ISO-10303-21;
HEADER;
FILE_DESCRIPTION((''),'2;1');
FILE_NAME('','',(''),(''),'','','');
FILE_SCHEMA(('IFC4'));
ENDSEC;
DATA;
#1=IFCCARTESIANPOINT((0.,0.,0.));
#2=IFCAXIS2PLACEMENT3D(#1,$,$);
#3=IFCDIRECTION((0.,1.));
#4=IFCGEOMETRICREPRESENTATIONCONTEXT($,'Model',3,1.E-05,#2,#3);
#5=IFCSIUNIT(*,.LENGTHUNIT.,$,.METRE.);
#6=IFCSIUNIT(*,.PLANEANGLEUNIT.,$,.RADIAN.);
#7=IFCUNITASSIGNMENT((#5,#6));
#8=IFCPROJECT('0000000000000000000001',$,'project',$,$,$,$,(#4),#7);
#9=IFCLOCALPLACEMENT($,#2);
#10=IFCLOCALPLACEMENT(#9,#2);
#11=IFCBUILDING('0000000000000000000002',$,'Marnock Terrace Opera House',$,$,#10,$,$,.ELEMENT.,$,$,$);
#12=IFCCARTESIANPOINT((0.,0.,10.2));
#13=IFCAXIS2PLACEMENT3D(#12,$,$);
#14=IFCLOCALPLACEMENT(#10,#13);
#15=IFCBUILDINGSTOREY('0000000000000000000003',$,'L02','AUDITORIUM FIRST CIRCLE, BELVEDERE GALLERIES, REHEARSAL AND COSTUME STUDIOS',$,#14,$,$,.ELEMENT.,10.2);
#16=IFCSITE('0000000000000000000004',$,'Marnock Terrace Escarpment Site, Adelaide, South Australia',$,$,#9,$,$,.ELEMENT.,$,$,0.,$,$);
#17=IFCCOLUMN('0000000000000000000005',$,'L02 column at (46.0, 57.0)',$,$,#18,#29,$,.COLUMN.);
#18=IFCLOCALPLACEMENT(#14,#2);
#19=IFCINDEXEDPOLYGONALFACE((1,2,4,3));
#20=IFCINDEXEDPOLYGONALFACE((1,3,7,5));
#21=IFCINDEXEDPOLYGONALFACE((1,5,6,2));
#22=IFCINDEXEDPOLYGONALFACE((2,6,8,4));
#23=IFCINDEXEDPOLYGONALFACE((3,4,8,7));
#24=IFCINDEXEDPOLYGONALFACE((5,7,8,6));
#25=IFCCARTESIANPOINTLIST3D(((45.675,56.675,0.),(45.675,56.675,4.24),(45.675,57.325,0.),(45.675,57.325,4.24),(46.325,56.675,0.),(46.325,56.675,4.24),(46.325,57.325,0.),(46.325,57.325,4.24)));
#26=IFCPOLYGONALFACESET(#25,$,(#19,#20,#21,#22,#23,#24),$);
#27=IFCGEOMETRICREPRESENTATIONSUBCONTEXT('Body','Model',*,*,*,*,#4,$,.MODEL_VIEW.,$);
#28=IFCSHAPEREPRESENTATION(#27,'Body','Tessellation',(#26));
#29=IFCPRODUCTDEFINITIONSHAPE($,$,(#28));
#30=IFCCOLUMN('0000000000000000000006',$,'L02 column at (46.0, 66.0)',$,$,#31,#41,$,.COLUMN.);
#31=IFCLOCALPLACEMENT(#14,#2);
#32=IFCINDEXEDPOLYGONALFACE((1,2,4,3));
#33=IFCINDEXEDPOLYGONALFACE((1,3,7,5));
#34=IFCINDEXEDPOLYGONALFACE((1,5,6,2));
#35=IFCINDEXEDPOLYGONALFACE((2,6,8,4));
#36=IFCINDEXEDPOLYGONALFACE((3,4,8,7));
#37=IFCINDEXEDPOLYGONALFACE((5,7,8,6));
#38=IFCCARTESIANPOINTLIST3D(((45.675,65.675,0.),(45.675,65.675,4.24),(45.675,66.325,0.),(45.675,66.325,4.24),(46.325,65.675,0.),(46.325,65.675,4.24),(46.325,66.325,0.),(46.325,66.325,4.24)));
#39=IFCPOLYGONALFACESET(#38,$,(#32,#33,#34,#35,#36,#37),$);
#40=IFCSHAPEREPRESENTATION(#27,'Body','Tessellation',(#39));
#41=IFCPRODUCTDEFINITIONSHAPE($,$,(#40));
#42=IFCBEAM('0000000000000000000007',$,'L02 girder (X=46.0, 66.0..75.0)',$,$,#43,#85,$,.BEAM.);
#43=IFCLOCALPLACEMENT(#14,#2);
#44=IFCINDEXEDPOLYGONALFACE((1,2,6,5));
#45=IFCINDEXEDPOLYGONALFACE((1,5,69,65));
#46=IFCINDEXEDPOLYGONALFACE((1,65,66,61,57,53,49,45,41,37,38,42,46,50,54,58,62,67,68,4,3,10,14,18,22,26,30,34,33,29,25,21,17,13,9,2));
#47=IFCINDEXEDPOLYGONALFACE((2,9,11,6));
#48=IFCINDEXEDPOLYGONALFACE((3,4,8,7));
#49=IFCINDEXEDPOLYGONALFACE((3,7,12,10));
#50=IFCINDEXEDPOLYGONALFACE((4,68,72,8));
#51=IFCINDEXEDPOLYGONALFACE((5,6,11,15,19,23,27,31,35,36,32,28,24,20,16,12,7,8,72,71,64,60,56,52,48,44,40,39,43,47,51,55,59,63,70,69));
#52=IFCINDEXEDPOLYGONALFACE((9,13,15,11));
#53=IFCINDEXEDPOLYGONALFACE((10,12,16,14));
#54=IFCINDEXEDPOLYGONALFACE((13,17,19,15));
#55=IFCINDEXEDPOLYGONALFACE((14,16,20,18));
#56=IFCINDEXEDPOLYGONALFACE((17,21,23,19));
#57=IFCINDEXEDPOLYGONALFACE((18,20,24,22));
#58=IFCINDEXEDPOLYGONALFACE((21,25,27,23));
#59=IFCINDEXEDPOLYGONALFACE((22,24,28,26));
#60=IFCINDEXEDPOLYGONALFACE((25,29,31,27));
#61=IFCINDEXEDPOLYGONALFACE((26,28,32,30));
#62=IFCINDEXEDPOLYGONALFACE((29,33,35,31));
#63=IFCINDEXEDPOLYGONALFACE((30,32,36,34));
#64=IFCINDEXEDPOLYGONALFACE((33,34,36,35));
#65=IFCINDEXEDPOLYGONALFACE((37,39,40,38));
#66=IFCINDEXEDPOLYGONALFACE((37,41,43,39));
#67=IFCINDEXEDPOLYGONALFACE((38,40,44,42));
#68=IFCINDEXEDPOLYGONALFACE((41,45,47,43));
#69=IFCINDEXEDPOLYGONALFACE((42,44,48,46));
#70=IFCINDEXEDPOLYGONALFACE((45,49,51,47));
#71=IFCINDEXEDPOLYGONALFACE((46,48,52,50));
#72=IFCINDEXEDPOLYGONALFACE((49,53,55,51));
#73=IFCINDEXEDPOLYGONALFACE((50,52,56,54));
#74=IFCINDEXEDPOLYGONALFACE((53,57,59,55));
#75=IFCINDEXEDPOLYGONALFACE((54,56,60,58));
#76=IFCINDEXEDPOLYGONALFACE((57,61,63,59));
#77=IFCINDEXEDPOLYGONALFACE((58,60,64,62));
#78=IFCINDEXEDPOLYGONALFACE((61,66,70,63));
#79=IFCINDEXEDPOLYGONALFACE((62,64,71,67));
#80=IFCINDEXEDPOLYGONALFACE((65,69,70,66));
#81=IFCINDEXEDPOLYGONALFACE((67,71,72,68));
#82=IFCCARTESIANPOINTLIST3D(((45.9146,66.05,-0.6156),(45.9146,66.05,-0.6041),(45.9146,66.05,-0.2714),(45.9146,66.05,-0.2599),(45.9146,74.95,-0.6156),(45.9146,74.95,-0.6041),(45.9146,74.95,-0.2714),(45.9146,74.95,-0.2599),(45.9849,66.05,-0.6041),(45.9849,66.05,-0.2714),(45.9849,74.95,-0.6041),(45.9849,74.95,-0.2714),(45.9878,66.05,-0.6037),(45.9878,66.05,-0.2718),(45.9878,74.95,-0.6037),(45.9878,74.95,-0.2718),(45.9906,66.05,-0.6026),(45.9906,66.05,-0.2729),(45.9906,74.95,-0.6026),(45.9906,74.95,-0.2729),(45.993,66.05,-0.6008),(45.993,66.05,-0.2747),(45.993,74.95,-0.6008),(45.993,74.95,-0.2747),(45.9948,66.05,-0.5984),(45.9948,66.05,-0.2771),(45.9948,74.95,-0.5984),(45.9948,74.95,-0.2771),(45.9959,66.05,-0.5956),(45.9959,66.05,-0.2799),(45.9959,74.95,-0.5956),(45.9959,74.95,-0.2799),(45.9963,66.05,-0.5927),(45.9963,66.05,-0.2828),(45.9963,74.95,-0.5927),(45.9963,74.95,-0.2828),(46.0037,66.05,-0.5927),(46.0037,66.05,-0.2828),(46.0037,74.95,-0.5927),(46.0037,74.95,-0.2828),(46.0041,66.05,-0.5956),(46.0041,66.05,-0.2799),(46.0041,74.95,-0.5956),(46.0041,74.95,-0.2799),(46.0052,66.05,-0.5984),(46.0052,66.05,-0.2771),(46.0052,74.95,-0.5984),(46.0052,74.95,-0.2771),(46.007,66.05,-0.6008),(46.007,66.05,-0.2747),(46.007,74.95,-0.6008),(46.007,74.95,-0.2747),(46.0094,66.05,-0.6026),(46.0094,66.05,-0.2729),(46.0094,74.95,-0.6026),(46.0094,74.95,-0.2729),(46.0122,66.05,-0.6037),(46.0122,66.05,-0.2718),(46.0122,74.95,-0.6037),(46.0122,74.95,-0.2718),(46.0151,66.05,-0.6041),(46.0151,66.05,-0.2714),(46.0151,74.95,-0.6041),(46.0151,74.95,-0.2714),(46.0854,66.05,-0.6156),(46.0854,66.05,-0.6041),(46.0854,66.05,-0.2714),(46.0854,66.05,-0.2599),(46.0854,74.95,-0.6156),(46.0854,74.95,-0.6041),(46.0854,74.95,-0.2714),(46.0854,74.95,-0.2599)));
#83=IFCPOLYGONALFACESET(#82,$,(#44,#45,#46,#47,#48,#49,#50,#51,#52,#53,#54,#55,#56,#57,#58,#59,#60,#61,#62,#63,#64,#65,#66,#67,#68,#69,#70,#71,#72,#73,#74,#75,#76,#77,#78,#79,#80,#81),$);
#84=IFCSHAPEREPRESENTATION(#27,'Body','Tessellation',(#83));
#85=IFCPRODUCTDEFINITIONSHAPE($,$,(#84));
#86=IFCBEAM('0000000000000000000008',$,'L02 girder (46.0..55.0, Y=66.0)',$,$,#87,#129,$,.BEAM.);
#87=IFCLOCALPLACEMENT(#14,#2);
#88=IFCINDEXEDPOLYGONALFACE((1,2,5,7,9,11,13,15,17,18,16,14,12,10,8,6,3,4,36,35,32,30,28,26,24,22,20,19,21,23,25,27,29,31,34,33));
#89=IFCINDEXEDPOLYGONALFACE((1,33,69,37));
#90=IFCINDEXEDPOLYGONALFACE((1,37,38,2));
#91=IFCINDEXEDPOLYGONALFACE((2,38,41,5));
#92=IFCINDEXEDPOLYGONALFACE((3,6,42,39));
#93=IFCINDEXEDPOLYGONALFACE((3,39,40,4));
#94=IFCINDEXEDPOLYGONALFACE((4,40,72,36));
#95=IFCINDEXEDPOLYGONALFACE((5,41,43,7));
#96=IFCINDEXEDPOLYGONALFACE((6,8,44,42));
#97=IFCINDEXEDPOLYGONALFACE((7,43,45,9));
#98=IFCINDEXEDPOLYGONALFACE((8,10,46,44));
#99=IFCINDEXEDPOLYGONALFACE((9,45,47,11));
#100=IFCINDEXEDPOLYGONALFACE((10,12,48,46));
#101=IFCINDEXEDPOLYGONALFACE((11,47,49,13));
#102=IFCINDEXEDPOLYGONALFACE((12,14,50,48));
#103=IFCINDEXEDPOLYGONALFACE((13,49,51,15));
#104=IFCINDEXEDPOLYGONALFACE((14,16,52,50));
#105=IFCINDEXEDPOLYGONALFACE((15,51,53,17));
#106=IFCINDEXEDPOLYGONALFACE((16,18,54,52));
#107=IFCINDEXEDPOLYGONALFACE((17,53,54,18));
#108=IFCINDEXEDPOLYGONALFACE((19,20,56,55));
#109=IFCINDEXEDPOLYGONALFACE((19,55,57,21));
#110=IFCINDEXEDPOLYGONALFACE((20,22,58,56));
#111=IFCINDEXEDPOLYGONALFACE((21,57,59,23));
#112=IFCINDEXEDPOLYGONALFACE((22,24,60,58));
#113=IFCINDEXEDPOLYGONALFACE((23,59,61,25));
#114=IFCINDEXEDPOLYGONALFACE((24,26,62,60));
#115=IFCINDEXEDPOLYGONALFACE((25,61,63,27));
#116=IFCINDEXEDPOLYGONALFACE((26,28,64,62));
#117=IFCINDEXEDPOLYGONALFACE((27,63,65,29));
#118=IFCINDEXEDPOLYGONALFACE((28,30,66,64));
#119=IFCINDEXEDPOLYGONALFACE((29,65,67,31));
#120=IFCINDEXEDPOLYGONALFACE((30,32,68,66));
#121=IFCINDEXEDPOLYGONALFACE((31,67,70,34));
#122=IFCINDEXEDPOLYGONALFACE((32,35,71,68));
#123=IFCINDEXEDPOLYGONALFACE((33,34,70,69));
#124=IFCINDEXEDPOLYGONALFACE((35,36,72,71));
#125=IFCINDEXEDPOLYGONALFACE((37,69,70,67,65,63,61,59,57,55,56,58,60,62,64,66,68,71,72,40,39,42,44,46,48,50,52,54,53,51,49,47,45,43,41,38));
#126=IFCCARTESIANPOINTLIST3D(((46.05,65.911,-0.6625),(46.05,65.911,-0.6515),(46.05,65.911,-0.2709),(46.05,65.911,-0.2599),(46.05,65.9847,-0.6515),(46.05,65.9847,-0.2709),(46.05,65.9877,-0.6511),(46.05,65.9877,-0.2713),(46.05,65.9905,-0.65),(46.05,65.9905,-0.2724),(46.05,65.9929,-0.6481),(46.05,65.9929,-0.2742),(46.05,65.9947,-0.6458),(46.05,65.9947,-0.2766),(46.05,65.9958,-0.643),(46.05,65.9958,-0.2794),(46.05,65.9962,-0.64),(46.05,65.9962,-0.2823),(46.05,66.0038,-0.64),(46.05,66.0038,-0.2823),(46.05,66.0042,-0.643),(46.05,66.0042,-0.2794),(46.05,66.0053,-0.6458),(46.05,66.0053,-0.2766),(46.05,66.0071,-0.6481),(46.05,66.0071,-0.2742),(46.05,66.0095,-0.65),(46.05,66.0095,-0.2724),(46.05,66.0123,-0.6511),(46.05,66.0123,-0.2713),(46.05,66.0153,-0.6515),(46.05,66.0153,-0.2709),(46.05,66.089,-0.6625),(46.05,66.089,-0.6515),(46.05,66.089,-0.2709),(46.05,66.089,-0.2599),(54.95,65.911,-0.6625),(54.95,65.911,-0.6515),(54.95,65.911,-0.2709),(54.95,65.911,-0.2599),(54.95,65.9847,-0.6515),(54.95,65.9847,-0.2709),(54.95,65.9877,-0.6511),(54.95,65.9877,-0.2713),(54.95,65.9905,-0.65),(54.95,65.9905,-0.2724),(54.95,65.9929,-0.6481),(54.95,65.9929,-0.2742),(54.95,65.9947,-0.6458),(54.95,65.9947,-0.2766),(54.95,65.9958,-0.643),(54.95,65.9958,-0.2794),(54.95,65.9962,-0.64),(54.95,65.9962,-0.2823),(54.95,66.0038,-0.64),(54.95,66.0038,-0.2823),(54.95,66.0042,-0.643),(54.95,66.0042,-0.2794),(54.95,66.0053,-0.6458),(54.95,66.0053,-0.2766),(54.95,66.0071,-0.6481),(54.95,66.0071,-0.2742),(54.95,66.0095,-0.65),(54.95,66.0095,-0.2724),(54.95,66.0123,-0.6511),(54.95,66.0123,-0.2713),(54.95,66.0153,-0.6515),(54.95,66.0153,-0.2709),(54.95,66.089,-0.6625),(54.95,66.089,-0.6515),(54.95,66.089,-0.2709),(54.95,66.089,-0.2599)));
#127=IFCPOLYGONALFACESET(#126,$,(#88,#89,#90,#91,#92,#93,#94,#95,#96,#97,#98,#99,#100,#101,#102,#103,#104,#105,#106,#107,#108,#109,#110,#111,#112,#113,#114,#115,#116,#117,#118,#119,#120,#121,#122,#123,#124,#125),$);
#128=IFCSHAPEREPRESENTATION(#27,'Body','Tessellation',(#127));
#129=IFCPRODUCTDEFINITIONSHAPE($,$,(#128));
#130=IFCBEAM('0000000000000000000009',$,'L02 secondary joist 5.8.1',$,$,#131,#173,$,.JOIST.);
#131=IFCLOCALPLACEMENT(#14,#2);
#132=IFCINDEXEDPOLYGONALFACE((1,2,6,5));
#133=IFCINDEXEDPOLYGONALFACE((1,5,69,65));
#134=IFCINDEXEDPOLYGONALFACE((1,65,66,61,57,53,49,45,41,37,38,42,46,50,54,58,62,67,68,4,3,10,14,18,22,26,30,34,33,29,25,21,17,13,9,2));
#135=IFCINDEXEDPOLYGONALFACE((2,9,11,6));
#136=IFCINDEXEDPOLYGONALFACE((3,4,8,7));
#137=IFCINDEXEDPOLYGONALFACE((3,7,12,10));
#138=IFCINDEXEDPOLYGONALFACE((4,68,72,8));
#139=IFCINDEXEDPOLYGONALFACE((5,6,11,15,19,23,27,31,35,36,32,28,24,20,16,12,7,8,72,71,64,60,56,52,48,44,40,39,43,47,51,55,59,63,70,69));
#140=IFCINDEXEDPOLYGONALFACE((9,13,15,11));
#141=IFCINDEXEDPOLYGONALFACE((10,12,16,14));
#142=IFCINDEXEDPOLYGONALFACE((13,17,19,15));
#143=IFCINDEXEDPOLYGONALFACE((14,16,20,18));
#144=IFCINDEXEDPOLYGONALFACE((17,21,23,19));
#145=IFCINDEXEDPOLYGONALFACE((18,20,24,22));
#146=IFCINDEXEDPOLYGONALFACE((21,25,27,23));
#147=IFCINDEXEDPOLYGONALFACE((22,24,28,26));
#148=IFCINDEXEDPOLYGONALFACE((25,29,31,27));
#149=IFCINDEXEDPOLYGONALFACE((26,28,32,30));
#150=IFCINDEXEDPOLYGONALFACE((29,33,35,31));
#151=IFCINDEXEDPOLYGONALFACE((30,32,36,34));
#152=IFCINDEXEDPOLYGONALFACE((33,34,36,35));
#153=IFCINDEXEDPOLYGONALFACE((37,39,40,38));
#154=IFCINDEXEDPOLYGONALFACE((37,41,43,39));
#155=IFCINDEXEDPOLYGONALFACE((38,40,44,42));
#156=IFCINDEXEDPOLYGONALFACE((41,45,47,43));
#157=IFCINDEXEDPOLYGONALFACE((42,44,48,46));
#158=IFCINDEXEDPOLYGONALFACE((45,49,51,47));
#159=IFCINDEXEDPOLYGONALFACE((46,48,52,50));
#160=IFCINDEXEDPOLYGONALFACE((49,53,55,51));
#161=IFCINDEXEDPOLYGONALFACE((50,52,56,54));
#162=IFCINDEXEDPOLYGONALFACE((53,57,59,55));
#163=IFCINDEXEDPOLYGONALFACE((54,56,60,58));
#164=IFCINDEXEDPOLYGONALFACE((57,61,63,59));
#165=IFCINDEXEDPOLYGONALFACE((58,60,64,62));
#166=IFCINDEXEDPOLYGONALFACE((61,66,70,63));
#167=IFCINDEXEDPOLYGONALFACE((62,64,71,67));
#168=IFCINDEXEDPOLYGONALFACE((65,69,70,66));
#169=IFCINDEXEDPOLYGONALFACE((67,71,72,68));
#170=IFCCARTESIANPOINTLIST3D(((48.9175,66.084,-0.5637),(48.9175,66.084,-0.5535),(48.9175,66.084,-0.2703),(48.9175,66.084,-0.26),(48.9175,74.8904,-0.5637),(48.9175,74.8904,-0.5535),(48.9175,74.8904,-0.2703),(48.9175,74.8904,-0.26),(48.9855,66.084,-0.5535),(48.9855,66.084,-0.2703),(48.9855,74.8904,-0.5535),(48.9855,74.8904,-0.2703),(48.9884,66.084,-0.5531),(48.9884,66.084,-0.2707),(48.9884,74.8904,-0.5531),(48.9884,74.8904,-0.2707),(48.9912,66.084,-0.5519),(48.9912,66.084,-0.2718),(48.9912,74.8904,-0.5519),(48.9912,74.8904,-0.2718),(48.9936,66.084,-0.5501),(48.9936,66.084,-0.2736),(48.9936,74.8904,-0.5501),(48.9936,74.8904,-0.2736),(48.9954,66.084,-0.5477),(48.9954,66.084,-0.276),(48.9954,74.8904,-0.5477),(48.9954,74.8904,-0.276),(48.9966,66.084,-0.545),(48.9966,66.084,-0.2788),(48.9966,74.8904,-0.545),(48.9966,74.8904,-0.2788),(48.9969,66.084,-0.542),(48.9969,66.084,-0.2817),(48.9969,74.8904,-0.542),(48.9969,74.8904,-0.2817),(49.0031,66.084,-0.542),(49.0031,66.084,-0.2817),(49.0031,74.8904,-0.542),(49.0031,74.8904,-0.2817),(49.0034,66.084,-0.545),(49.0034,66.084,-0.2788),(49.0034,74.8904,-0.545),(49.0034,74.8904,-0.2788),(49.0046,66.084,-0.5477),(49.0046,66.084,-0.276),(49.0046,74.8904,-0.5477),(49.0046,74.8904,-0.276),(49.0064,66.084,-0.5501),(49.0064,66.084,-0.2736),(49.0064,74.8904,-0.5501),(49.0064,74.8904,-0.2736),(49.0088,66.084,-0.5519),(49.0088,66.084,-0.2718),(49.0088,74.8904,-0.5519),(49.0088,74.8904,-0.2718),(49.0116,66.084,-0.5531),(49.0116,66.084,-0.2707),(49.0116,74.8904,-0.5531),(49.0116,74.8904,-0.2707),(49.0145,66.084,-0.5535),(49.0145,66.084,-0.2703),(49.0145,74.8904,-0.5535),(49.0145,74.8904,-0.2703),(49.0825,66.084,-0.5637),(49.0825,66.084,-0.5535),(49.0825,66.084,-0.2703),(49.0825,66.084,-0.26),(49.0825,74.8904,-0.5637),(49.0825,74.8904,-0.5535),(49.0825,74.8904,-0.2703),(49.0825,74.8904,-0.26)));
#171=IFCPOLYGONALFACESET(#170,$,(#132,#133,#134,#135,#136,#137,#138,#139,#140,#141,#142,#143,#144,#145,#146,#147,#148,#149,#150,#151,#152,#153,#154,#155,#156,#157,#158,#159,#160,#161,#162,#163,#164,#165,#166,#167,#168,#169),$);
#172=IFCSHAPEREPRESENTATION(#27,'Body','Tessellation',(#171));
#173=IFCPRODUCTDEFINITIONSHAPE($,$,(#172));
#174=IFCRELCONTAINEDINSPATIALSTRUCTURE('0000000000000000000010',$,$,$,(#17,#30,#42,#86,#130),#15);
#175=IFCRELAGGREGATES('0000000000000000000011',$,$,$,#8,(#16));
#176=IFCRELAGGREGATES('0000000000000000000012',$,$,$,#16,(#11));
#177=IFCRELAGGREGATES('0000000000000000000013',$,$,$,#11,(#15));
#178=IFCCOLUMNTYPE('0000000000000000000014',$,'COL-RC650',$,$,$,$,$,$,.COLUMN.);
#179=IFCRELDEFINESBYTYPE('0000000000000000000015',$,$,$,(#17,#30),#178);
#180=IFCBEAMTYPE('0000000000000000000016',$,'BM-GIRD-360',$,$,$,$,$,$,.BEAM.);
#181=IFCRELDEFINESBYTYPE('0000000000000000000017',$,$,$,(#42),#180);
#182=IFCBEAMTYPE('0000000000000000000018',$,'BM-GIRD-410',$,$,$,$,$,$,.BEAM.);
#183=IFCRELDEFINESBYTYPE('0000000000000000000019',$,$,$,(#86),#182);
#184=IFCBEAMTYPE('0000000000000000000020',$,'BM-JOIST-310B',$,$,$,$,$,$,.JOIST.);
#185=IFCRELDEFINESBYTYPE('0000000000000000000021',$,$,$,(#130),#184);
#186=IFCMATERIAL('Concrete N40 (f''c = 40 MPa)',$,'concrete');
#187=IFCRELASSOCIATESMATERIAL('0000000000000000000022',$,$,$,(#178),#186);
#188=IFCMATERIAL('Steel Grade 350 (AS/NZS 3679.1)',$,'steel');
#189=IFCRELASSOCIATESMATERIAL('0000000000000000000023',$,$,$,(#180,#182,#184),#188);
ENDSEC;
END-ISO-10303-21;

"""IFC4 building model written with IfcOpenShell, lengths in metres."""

from ifc_helpers import new_model, si_unit, direction, frame, origin, origin_2d, place, context, subcontext, project, spatial, rectangle, i_section, extrude, material, material_profile, profile_set, type_object, element, save


model = new_model("IFC4")

# Units and contexts
model_context = context("Model", 3, precision=1e-05, world=origin(), true_north=direction((0.0, 1.0)))
body_context = subcontext(model_context, "Body", "Model", "MODEL_VIEW")
ifc_project = project(units=[si_unit("LENGTHUNIT", "METRE"), si_unit("PLANEANGLEUNIT", "RADIAN")], contexts=[model_context])

# Site, building, storey
site_placement = place(None, origin())
site = spatial("IfcSite", under=ifc_project, at=site_placement, Name="Marnock Terrace Escarpment Site, Adelaide, South Australia", CompositionType="ELEMENT", RefElevation=0.0)
building_placement = place(site_placement, origin())
building = spatial("IfcBuilding", under=site, at=building_placement, Name="Marnock Terrace Opera House", CompositionType="ELEMENT")
storey_placement = place(building_placement, frame((0.0, 0.0, 10.2)))
storey = spatial("IfcBuildingStorey", under=building, at=storey_placement, Name="L02", Description="AUDITORIUM FIRST CIRCLE, BELVEDERE GALLERIES, REHEARSAL AND COSTUME STUDIOS", CompositionType="ELEMENT", Elevation=10.2)

# Columns
ifc_material_1 = material(Name="Concrete N40 (f'c = 40 MPa)", Category="concrete")
ifc_material_profile_1 = material_profile(ifc_material_1, rectangle(XDim=0.6499, YDim=0.6499, at=origin_2d()))
ifc_profile_set_1 = profile_set([ifc_material_profile_1], Name="Concrete N40 (f'c = 40 MPa)")
column_type = type_object("IfcColumnType", Name="COL-RC650", PredefinedType="COLUMN", material=ifc_profile_set_1)
for number, where, z_axis, x_axis, name in (
    (1, (46.0, 57.0, 0.0), (0.0, 0.0, 1.0), (1.0, 0.0, 0.0), "L02 column at (46.0, 57.0)"),
    (2, (46.0, 66.0, 0.0), (0.0, 0.0, 1.0), (1.0, 0.0, 0.0), "L02 column at (46.0, 66.0)"),
):
    element("IfcColumn", number, at=place(storey_placement, frame(where, z_axis=z_axis, x_axis=x_axis)), inside=storey, type_object=column_type, Name=name, PredefinedType="COLUMN", context=body_context, shape_type="SweptSolid", body=[
        extrude(rectangle(XDim=0.6499, YDim=0.6499, at=origin_2d()), origin(), (0.0, 0.0, 1.0), 4.24),
    ])

# Beams
ifc_material_2 = material(Name="Steel Grade 350 (AS/NZS 3679.1)", Category="steel")
ifc_material_profile_2 = material_profile(ifc_material_2, i_section(OverallWidth=0.1709, OverallDepth=0.3557, WebThickness=0.0073, FlangeThickness=0.0115, FilletRadius=0.0115, at=origin_2d()))
ifc_profile_set_2 = profile_set([ifc_material_profile_2], Name="Steel Grade 350 (AS/NZS 3679.1)")
beam_type_1 = type_object("IfcBeamType", Name="BM-GIRD-360", PredefinedType="BEAM", material=ifc_profile_set_2)
beam_1_placement = place(storey_placement, frame((46.0, 66.05, -0.4377), z_axis=(0.0, 1.0, 0.0), x_axis=(-1.0, 0.0, 0.0)))
element("IfcBeam", 3, at=beam_1_placement, inside=storey, type_object=beam_type_1, Name="L02 girder (X=46.0, 66.0..75.0)", PredefinedType="BEAM", context=body_context, shape_type="SweptSolid", body=[
    extrude(i_section(OverallWidth=0.1709, OverallDepth=0.3557, WebThickness=0.0073, FlangeThickness=0.0115, FilletRadius=0.0115, at=origin_2d()), origin(), (0.0, 0.0, 1.0), 8.8999),
])
ifc_material_profile_3 = material_profile(ifc_material_2, i_section(OverallWidth=0.178, OverallDepth=0.4026, WebThickness=0.0076, FlangeThickness=0.011, FilletRadius=0.0115, at=origin_2d()))
ifc_profile_set_3 = profile_set([ifc_material_profile_3], Name="Steel Grade 350 (AS/NZS 3679.1)")
beam_type_2 = type_object("IfcBeamType", Name="BM-GIRD-410", PredefinedType="BEAM", material=ifc_profile_set_3)
beam_2_placement = place(storey_placement, frame((46.05, 66.0, -0.4612), z_axis=(1.0, 0.0, 0.0), x_axis=(0.0, 1.0, 0.0)))
element("IfcBeam", 4, at=beam_2_placement, inside=storey, type_object=beam_type_2, Name="L02 girder (46.0..55.0, Y=66.0)", PredefinedType="BEAM", context=body_context, shape_type="SweptSolid", body=[
    extrude(i_section(OverallWidth=0.178, OverallDepth=0.4026, WebThickness=0.0076, FlangeThickness=0.011, FilletRadius=0.0115, at=origin_2d()), origin(), (0.0, 0.0, 1.0), 8.8999),
])
ifc_material_profile_4 = material_profile(ifc_material_2, i_section(OverallWidth=0.165, OverallDepth=0.3037, WebThickness=0.0061, FlangeThickness=0.0103, FilletRadius=0.0115, at=origin_2d()))
ifc_profile_set_4 = profile_set([ifc_material_profile_4], Name="Steel Grade 350 (AS/NZS 3679.1)")
beam_type_3 = type_object("IfcBeamType", Name="BM-JOIST-310B", PredefinedType="JOIST", material=ifc_profile_set_4)
for number, where, z_axis, x_axis, name in (
    (5, (49.0, 66.084, -0.4119), (0.0, 1.0, 0.0), (-1.0, 0.0, 0.0), "L02 secondary joist 5.8.1"),
):
    element("IfcBeam", number, at=place(storey_placement, frame(where, z_axis=z_axis, x_axis=x_axis)), inside=storey, type_object=beam_type_3, Name=name, PredefinedType="JOIST", context=body_context, shape_type="SweptSolid", body=[
        extrude(i_section(OverallWidth=0.165, OverallDepth=0.3037, WebThickness=0.0061, FlangeThickness=0.0103, FilletRadius=0.0115, at=origin_2d()), origin(), (0.0, 0.0, 1.0), 8.8064),
    ])

save(model, "model.ifc")
